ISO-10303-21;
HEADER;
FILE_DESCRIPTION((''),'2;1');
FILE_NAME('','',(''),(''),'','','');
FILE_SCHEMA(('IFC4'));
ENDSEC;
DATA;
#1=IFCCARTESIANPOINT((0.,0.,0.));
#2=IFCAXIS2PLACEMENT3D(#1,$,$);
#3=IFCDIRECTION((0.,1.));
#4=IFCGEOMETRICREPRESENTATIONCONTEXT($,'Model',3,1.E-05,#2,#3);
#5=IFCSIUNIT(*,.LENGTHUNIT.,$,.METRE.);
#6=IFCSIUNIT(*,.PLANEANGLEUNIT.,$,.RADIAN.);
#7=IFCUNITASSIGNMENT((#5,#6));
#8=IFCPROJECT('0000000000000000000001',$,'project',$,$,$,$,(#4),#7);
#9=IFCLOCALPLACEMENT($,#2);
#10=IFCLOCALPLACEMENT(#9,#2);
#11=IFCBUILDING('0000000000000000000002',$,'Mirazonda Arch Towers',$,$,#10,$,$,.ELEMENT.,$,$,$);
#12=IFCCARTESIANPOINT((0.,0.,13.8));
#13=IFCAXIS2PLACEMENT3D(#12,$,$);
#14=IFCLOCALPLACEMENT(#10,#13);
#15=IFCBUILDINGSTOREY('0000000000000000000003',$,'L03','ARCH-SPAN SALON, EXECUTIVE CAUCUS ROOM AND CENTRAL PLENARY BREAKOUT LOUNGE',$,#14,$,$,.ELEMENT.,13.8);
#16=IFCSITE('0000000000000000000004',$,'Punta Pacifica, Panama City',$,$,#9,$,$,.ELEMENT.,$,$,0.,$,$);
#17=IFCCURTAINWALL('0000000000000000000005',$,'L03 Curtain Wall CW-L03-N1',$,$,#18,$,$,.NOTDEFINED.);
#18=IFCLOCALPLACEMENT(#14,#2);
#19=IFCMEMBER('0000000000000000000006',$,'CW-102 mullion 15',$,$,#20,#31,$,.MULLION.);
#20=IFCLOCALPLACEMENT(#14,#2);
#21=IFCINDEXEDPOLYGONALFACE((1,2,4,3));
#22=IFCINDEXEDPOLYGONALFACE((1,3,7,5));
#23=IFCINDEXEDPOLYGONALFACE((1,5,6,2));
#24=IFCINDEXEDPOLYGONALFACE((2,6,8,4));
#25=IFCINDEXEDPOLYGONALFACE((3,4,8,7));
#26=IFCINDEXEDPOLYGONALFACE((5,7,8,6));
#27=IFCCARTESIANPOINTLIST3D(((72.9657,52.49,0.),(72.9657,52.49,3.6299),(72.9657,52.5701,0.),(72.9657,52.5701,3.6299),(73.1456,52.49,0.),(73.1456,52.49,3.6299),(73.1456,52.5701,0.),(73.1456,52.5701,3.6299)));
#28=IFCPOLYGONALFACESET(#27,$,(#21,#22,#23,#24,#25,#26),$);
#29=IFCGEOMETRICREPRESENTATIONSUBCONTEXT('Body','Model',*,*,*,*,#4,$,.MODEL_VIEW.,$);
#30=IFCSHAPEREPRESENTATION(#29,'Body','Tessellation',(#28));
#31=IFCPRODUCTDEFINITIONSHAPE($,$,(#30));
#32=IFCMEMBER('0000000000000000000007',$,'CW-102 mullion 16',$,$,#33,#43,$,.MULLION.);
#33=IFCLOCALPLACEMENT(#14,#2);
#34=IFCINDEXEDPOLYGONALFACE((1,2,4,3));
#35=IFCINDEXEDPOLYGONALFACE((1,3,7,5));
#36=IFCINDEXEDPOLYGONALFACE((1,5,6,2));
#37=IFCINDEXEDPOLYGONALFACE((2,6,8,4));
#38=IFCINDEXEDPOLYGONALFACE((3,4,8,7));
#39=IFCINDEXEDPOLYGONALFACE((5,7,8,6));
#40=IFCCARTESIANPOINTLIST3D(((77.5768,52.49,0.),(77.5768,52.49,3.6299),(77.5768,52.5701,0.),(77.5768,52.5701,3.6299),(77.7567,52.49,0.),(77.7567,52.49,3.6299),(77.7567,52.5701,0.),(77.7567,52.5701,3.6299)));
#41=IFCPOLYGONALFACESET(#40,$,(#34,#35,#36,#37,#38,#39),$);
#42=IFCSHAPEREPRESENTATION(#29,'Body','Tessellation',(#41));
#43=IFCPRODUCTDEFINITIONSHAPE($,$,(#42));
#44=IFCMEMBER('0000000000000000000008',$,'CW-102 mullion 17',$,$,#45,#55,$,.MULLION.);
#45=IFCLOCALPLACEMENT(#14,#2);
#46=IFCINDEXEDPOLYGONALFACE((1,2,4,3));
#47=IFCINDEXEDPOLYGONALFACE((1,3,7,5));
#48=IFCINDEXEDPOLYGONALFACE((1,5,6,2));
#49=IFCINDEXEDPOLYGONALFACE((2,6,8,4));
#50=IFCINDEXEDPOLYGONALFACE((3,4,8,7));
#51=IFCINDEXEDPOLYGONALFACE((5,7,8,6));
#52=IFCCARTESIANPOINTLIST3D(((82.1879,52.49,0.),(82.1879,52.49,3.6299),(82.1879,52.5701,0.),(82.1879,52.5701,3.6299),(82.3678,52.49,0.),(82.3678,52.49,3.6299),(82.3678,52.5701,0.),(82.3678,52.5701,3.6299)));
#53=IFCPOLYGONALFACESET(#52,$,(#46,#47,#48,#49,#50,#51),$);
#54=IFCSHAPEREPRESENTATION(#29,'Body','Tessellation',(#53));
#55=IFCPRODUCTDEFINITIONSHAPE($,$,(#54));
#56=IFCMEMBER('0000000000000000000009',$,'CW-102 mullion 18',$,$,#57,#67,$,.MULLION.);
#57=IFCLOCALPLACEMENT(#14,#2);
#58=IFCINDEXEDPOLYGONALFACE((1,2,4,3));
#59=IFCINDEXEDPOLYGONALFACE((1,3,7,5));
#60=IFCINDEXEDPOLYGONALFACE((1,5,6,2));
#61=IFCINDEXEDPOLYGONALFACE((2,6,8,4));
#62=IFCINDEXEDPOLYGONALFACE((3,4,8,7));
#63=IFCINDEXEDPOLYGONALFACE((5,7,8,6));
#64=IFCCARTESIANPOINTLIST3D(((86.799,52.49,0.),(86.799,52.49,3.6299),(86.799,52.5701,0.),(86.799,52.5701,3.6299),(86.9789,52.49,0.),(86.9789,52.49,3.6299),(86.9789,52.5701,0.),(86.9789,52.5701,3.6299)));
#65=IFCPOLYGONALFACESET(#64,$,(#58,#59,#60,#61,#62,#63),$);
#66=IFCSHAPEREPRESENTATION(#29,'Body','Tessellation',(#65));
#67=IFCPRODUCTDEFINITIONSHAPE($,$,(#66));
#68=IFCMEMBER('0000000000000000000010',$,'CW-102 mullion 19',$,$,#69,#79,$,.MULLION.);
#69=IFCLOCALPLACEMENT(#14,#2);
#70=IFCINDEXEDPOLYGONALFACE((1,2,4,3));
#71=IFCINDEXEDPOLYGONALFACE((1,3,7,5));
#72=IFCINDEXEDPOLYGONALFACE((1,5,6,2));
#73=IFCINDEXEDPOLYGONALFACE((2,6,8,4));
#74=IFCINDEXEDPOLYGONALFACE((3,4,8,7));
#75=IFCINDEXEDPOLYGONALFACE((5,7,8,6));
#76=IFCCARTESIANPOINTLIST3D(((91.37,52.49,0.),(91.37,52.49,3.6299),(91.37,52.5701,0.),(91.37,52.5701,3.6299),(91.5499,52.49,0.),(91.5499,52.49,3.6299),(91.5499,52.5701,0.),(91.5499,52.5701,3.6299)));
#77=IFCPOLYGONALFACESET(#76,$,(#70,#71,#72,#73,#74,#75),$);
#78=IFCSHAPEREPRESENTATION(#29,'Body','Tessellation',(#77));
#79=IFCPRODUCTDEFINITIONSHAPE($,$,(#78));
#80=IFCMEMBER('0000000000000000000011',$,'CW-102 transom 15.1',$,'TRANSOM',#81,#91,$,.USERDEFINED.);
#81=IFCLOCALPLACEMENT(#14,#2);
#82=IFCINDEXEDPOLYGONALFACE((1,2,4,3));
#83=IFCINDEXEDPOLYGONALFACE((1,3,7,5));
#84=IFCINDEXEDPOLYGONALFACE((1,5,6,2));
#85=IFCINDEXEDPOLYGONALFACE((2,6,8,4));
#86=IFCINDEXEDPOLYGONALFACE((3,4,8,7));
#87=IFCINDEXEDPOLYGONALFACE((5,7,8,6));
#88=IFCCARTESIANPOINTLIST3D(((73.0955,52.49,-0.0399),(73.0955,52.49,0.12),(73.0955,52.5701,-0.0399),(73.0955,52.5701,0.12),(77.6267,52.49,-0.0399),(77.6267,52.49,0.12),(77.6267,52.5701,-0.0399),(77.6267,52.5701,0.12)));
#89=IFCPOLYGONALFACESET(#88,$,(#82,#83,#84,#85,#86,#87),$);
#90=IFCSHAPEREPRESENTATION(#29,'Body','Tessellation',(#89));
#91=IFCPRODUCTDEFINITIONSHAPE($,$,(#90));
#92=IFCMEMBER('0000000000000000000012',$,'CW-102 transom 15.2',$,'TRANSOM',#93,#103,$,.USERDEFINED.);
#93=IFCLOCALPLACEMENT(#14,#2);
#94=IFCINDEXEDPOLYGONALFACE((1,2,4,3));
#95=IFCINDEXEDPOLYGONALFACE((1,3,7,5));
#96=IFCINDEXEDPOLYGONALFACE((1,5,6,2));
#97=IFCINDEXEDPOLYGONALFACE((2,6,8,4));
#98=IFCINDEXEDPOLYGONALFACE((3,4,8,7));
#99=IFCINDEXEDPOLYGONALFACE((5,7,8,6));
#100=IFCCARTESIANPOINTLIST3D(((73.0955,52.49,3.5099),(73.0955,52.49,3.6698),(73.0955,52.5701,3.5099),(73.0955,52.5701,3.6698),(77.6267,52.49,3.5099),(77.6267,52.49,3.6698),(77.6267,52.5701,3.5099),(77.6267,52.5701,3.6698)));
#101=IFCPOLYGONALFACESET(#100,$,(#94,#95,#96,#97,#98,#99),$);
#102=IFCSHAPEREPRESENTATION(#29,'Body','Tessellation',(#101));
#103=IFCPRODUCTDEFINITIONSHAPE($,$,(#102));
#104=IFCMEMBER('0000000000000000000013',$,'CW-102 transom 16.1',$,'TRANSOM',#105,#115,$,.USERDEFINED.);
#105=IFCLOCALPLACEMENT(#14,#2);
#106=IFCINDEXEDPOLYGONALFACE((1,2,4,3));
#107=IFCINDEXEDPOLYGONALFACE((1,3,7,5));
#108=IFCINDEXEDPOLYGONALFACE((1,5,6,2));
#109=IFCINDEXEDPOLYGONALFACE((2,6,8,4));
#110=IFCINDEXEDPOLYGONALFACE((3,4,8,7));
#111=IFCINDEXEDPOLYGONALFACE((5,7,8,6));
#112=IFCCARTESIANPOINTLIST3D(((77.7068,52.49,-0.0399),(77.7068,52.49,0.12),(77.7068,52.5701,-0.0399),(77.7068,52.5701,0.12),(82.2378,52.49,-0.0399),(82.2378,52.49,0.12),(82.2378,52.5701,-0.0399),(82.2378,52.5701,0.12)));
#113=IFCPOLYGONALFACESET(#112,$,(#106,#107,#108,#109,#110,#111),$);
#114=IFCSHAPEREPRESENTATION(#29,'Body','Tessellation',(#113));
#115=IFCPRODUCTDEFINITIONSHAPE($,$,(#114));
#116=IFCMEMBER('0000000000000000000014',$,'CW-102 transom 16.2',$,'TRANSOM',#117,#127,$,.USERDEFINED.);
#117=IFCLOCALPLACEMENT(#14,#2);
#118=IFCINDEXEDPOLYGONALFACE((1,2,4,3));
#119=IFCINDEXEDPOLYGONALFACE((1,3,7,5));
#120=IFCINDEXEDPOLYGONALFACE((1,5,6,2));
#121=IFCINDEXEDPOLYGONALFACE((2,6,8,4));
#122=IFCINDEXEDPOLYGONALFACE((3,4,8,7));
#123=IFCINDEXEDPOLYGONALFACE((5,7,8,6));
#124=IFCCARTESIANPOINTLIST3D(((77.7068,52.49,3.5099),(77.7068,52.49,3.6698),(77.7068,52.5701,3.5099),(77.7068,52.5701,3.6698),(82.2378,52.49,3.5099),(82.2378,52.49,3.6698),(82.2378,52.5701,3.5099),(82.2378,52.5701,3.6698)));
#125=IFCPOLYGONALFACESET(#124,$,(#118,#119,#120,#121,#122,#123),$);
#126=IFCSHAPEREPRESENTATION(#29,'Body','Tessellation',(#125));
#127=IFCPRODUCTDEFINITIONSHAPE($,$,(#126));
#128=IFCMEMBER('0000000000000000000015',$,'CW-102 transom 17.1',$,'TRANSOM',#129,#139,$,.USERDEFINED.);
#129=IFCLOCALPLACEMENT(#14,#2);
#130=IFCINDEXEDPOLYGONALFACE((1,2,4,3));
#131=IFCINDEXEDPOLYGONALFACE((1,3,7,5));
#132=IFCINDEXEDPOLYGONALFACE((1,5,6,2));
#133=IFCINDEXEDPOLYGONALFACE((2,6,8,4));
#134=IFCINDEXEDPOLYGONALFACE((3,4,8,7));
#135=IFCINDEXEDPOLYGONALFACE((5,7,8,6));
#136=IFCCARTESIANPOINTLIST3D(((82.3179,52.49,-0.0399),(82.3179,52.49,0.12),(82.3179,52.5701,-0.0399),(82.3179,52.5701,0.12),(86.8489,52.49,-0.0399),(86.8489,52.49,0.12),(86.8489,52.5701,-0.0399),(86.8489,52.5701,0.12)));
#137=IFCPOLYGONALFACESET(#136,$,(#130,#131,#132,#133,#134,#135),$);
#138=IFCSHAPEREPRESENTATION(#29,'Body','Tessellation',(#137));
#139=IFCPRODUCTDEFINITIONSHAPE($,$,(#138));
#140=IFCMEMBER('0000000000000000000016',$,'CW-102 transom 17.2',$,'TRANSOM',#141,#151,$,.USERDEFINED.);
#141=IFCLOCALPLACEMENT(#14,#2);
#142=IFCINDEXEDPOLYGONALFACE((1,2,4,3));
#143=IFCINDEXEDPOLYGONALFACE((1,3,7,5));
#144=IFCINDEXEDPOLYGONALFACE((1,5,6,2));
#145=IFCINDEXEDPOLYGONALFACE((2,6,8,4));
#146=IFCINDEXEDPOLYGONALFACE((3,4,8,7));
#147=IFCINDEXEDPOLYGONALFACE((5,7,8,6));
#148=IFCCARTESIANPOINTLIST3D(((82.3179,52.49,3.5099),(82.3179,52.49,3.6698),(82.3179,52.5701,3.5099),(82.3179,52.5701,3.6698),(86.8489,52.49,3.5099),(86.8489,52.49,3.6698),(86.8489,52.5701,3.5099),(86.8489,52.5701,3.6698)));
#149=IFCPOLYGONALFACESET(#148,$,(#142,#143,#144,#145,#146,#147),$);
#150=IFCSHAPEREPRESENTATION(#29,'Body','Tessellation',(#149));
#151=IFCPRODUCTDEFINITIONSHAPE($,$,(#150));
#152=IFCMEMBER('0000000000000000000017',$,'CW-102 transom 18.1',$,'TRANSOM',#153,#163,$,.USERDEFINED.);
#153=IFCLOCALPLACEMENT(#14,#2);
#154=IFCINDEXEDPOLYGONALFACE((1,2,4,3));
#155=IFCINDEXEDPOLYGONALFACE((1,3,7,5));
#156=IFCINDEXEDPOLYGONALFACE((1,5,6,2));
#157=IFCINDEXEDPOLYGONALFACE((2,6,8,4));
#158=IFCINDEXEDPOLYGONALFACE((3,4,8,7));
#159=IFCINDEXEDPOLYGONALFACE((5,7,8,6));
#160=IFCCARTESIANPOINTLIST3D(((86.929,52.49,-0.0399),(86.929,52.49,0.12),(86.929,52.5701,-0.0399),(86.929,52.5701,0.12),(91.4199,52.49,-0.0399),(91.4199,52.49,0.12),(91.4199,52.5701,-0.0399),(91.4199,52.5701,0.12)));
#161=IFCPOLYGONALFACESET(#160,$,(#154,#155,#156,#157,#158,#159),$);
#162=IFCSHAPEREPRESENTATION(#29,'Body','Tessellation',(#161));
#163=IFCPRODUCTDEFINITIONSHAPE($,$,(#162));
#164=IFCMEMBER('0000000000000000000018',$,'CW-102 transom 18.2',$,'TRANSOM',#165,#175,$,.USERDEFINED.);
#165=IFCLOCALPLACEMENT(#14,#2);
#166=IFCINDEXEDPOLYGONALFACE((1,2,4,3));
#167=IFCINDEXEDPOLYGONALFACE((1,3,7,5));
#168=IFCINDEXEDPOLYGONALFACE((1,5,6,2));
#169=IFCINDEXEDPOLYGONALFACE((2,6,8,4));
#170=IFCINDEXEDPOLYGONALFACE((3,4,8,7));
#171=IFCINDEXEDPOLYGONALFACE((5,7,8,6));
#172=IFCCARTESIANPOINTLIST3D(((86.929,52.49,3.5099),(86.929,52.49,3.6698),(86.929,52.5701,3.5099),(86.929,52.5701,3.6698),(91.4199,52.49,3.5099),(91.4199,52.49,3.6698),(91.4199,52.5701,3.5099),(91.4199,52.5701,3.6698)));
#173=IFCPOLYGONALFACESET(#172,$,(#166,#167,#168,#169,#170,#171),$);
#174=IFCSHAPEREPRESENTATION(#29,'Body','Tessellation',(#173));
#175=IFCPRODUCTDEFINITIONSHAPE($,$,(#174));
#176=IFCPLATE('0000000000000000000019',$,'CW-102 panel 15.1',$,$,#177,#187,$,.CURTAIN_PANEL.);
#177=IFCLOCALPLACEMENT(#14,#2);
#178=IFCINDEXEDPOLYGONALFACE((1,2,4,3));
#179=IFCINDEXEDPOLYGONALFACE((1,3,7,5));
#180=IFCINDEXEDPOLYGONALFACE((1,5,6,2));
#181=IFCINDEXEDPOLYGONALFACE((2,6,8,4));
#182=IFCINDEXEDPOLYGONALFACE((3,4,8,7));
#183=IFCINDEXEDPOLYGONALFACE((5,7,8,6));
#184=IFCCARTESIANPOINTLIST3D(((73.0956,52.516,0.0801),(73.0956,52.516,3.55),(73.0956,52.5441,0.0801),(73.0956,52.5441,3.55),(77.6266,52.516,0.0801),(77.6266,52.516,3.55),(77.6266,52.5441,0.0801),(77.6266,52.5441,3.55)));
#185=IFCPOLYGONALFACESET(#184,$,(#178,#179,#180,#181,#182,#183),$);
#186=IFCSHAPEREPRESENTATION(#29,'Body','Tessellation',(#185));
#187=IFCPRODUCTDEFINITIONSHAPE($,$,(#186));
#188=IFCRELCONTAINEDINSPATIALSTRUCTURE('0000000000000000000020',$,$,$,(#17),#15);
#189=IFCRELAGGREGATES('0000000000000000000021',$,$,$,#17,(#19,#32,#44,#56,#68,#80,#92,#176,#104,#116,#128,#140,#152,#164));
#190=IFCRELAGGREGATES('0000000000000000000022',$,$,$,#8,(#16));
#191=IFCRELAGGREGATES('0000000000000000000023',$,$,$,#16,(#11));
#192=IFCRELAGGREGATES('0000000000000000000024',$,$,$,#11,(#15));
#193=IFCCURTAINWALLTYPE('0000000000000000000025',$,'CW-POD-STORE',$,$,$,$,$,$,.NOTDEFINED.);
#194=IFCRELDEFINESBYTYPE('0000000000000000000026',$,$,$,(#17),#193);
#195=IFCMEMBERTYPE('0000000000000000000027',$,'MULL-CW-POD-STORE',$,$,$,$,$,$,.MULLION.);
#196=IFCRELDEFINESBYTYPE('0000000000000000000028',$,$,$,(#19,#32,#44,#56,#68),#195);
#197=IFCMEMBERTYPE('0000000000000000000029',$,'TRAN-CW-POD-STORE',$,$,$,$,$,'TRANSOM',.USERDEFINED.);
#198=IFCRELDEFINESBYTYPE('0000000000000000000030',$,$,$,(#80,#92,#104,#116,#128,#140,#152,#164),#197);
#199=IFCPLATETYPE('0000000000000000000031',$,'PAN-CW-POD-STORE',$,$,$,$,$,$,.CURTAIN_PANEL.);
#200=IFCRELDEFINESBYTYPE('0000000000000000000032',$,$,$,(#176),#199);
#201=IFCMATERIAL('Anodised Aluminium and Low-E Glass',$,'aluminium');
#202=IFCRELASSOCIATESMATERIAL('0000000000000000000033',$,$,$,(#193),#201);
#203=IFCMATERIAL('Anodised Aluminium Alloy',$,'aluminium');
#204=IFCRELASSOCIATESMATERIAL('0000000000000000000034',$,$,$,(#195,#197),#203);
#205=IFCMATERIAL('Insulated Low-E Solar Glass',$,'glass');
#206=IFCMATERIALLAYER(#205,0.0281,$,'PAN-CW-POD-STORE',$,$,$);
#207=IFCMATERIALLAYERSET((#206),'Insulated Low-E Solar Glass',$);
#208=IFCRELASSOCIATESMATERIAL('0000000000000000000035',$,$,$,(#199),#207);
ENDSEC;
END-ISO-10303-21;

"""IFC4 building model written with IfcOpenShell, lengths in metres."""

from ifc_helpers import new_model, si_unit, direction, frame, origin, origin_2d, place, context, subcontext, project, spatial, rectangle, extrude, material, layer, layer_set, material_profile, profile_set, type_object, element, aggregate, save


model = new_model("IFC4")

# Units and contexts
model_context = context("Model", 3, precision=1e-05, world=origin(), true_north=direction((0.0, 1.0)))
body_context = subcontext(model_context, "Body", "Model", "MODEL_VIEW")
ifc_project = project(units=[si_unit("LENGTHUNIT", "METRE"), si_unit("PLANEANGLEUNIT", "RADIAN")], contexts=[model_context])

# Site, building, storey
site_placement = place(None, origin())
site = spatial("IfcSite", under=ifc_project, at=site_placement, Name="Punta Pacifica, Panama City", CompositionType="ELEMENT", RefElevation=0.0)
building_placement = place(site_placement, origin())
building = spatial("IfcBuilding", under=site, at=building_placement, Name="Mirazonda Arch Towers", CompositionType="ELEMENT")
storey_placement = place(building_placement, frame((0.0, 0.0, 13.8)))
storey = spatial("IfcBuildingStorey", under=building, at=storey_placement, Name="L03", Description="ARCH-SPAN SALON, EXECUTIVE CAUCUS ROOM AND CENTRAL PLENARY BREAKOUT LOUNGE", CompositionType="ELEMENT", Elevation=13.8)

# Curtain wall, members, plate
ifc_material_1 = material(Name="Anodised Aluminium and Low-E Glass", Category="aluminium")
curtain_wall_type = type_object("IfcCurtainWallType", Name="CW-POD-STORE", PredefinedType="NOTDEFINED", material=ifc_material_1)
curtain_wall_placement = place(storey_placement, origin())
curtain_wall = element("IfcCurtainWall", 1, at=curtain_wall_placement, inside=storey, type_object=curtain_wall_type, Name="L03 Curtain Wall CW-L03-N1", PredefinedType="NOTDEFINED")
ifc_material_2 = material(Name="Anodised Aluminium Alloy", Category="aluminium")
ifc_material_profile_1 = material_profile(ifc_material_2, rectangle(XDim=0.0801, YDim=0.1799, at=origin_2d()), Name="ALU-MULL-80x180")
ifc_profile_set_1 = profile_set([ifc_material_profile_1], Name="Anodised Aluminium Alloy")
member_type_1 = type_object("IfcMemberType", Name="MULL-CW-POD-STORE", PredefinedType="MULLION", material=ifc_profile_set_1)
member_1_placement = place(storey_placement, frame((73.0557, 52.53, 0.0), z_axis=(0.0, 0.0, 1.0), x_axis=(0.0, 1.0, 0.0)))
member_1 = element("IfcMember", 2, at=member_1_placement, type_object=member_type_1, Name="CW-102 mullion 15", PredefinedType="MULLION", context=body_context, shape_type="SweptSolid", body=[
    extrude(rectangle(XDim=0.0801, YDim=0.1799, at=origin_2d()), origin(), (0.0, 0.0, 1.0), 3.6299),
])
member_2_placement = place(storey_placement, frame((77.6667, 52.53, 0.0), z_axis=(0.0, 0.0, 1.0), x_axis=(0.0, 1.0, 0.0)))
member_2 = element("IfcMember", 3, at=member_2_placement, type_object=member_type_1, Name="CW-102 mullion 16", PredefinedType="MULLION", context=body_context, shape_type="SweptSolid", body=[
    extrude(rectangle(XDim=0.0801, YDim=0.1799, at=origin_2d()), origin(), (0.0, 0.0, 1.0), 3.6299),
])
member_3_placement = place(storey_placement, frame((82.2778, 52.53, 0.0), z_axis=(0.0, 0.0, 1.0), x_axis=(0.0, 1.0, 0.0)))
member_3 = element("IfcMember", 4, at=member_3_placement, type_object=member_type_1, Name="CW-102 mullion 17", PredefinedType="MULLION", context=body_context, shape_type="SweptSolid", body=[
    extrude(rectangle(XDim=0.0801, YDim=0.1799, at=origin_2d()), origin(), (0.0, 0.0, 1.0), 3.6299),
])
member_4_placement = place(storey_placement, frame((86.8889, 52.53, 0.0), z_axis=(0.0, 0.0, 1.0), x_axis=(0.0, 1.0, 0.0)))
member_4 = element("IfcMember", 5, at=member_4_placement, type_object=member_type_1, Name="CW-102 mullion 18", PredefinedType="MULLION", context=body_context, shape_type="SweptSolid", body=[
    extrude(rectangle(XDim=0.0801, YDim=0.1799, at=origin_2d()), origin(), (0.0, 0.0, 1.0), 3.6299),
])
member_5_placement = place(storey_placement, frame((91.46, 52.53, 0.0), z_axis=(0.0, 0.0, 1.0), x_axis=(0.0, 1.0, 0.0)))
member_5 = element("IfcMember", 6, at=member_5_placement, type_object=member_type_1, Name="CW-102 mullion 19", PredefinedType="MULLION", context=body_context, shape_type="SweptSolid", body=[
    extrude(rectangle(XDim=0.0801, YDim=0.1799, at=origin_2d()), origin(), (0.0, 0.0, 1.0), 3.6299),
])
ifc_material_profile_2 = material_profile(ifc_material_2, rectangle(XDim=0.0801, YDim=0.1599, at=origin_2d()), Name="ALU-TRAN-80x160")
ifc_profile_set_2 = profile_set([ifc_material_profile_2], Name="Anodised Aluminium Alloy")
member_type_2 = type_object("IfcMemberType", Name="TRAN-CW-POD-STORE", ElementType="TRANSOM", PredefinedType="USERDEFINED", material=ifc_profile_set_2)
member_6_placement = place(storey_placement, frame((73.0955, 52.53, 0.04), z_axis=(1.0, 0.0, 0.0), x_axis=(0.0, 1.0, 0.0)))
member_6 = element("IfcMember", 7, at=member_6_placement, type_object=member_type_2, Name="CW-102 transom 15.1", ObjectType="TRANSOM", PredefinedType="USERDEFINED", context=body_context, shape_type="SweptSolid", body=[
    extrude(rectangle(XDim=0.0801, YDim=0.1599, at=origin_2d()), origin(), (0.0, 0.0, 1.0), 4.5312),
])
member_7_placement = place(storey_placement, frame((73.0955, 52.53, 3.5898), z_axis=(1.0, 0.0, 0.0), x_axis=(0.0, 1.0, 0.0)))
member_7 = element("IfcMember", 8, at=member_7_placement, type_object=member_type_2, Name="CW-102 transom 15.2", ObjectType="TRANSOM", PredefinedType="USERDEFINED", context=body_context, shape_type="SweptSolid", body=[
    extrude(rectangle(XDim=0.0801, YDim=0.1599, at=origin_2d()), origin(), (0.0, 0.0, 1.0), 4.5312),
])
member_8_placement = place(storey_placement, frame((77.7068, 52.53, 0.04), z_axis=(1.0, 0.0, 0.0), x_axis=(0.0, 1.0, 0.0)))
member_8 = element("IfcMember", 9, at=member_8_placement, type_object=member_type_2, Name="CW-102 transom 16.1", ObjectType="TRANSOM", PredefinedType="USERDEFINED", context=body_context, shape_type="SweptSolid", body=[
    extrude(rectangle(XDim=0.0801, YDim=0.1599, at=origin_2d()), origin(), (0.0, 0.0, 1.0), 4.531),
])
member_9_placement = place(storey_placement, frame((77.7068, 52.53, 3.5898), z_axis=(1.0, 0.0, 0.0), x_axis=(0.0, 1.0, 0.0)))
member_9 = element("IfcMember", 10, at=member_9_placement, type_object=member_type_2, Name="CW-102 transom 16.2", ObjectType="TRANSOM", PredefinedType="USERDEFINED", context=body_context, shape_type="SweptSolid", body=[
    extrude(rectangle(XDim=0.0801, YDim=0.1599, at=origin_2d()), origin(), (0.0, 0.0, 1.0), 4.531),
])
member_10_placement = place(storey_placement, frame((82.3179, 52.53, 0.04), z_axis=(1.0, 0.0, 0.0), x_axis=(0.0, 1.0, 0.0)))
member_10 = element("IfcMember", 11, at=member_10_placement, type_object=member_type_2, Name="CW-102 transom 17.1", ObjectType="TRANSOM", PredefinedType="USERDEFINED", context=body_context, shape_type="SweptSolid", body=[
    extrude(rectangle(XDim=0.0801, YDim=0.1599, at=origin_2d()), origin(), (0.0, 0.0, 1.0), 4.531),
])
member_11_placement = place(storey_placement, frame((82.3179, 52.53, 3.5898), z_axis=(1.0, 0.0, 0.0), x_axis=(0.0, 1.0, 0.0)))
member_11 = element("IfcMember", 12, at=member_11_placement, type_object=member_type_2, Name="CW-102 transom 17.2", ObjectType="TRANSOM", PredefinedType="USERDEFINED", context=body_context, shape_type="SweptSolid", body=[
    extrude(rectangle(XDim=0.0801, YDim=0.1599, at=origin_2d()), origin(), (0.0, 0.0, 1.0), 4.531),
])
member_12_placement = place(storey_placement, frame((86.929, 52.53, 0.04), z_axis=(1.0, 0.0, 0.0), x_axis=(0.0, 1.0, 0.0)))
member_12 = element("IfcMember", 13, at=member_12_placement, type_object=member_type_2, Name="CW-102 transom 18.1", ObjectType="TRANSOM", PredefinedType="USERDEFINED", context=body_context, shape_type="SweptSolid", body=[
    extrude(rectangle(XDim=0.0801, YDim=0.1599, at=origin_2d()), origin(), (0.0, 0.0, 1.0), 4.491),
])
member_13_placement = place(storey_placement, frame((86.929, 52.53, 3.5898), z_axis=(1.0, 0.0, 0.0), x_axis=(0.0, 1.0, 0.0)))
member_13 = element("IfcMember", 14, at=member_13_placement, type_object=member_type_2, Name="CW-102 transom 18.2", ObjectType="TRANSOM", PredefinedType="USERDEFINED", context=body_context, shape_type="SweptSolid", body=[
    extrude(rectangle(XDim=0.0801, YDim=0.1599, at=origin_2d()), origin(), (0.0, 0.0, 1.0), 4.491),
])
ifc_material_3 = material(Name="Insulated Low-E Solar Glass", Category="glass")
ifc_layer_1 = layer(ifc_material_3, 0.0281, Name="PAN-CW-POD-STORE")
ifc_layer_set_1 = layer_set([ifc_layer_1], Name="Insulated Low-E Solar Glass")
plate_type = type_object("IfcPlateType", Name="PAN-CW-POD-STORE", PredefinedType="CURTAIN_PANEL", material=ifc_layer_set_1)
plate_1_placement = place(storey_placement, frame((75.3611, 52.53, 0.0801), z_axis=(0.0, 0.0, 1.0), x_axis=(1.0, 0.0, 0.0)))
plate_1 = element("IfcPlate", 15, at=plate_1_placement, type_object=plate_type, Name="CW-102 panel 15.1", PredefinedType="CURTAIN_PANEL", context=body_context, shape_type="SweptSolid", body=[
    extrude(rectangle(XDim=4.531, YDim=0.0281, at=origin_2d()), origin(), (0.0, 0.0, 1.0), 3.47),
])
aggregate(curtain_wall, [member_1, member_2, member_3, member_4, member_5, member_6, member_7, plate_1, member_8, member_9, member_10, member_11, member_12, member_13])

save(model, "model.ifc")
